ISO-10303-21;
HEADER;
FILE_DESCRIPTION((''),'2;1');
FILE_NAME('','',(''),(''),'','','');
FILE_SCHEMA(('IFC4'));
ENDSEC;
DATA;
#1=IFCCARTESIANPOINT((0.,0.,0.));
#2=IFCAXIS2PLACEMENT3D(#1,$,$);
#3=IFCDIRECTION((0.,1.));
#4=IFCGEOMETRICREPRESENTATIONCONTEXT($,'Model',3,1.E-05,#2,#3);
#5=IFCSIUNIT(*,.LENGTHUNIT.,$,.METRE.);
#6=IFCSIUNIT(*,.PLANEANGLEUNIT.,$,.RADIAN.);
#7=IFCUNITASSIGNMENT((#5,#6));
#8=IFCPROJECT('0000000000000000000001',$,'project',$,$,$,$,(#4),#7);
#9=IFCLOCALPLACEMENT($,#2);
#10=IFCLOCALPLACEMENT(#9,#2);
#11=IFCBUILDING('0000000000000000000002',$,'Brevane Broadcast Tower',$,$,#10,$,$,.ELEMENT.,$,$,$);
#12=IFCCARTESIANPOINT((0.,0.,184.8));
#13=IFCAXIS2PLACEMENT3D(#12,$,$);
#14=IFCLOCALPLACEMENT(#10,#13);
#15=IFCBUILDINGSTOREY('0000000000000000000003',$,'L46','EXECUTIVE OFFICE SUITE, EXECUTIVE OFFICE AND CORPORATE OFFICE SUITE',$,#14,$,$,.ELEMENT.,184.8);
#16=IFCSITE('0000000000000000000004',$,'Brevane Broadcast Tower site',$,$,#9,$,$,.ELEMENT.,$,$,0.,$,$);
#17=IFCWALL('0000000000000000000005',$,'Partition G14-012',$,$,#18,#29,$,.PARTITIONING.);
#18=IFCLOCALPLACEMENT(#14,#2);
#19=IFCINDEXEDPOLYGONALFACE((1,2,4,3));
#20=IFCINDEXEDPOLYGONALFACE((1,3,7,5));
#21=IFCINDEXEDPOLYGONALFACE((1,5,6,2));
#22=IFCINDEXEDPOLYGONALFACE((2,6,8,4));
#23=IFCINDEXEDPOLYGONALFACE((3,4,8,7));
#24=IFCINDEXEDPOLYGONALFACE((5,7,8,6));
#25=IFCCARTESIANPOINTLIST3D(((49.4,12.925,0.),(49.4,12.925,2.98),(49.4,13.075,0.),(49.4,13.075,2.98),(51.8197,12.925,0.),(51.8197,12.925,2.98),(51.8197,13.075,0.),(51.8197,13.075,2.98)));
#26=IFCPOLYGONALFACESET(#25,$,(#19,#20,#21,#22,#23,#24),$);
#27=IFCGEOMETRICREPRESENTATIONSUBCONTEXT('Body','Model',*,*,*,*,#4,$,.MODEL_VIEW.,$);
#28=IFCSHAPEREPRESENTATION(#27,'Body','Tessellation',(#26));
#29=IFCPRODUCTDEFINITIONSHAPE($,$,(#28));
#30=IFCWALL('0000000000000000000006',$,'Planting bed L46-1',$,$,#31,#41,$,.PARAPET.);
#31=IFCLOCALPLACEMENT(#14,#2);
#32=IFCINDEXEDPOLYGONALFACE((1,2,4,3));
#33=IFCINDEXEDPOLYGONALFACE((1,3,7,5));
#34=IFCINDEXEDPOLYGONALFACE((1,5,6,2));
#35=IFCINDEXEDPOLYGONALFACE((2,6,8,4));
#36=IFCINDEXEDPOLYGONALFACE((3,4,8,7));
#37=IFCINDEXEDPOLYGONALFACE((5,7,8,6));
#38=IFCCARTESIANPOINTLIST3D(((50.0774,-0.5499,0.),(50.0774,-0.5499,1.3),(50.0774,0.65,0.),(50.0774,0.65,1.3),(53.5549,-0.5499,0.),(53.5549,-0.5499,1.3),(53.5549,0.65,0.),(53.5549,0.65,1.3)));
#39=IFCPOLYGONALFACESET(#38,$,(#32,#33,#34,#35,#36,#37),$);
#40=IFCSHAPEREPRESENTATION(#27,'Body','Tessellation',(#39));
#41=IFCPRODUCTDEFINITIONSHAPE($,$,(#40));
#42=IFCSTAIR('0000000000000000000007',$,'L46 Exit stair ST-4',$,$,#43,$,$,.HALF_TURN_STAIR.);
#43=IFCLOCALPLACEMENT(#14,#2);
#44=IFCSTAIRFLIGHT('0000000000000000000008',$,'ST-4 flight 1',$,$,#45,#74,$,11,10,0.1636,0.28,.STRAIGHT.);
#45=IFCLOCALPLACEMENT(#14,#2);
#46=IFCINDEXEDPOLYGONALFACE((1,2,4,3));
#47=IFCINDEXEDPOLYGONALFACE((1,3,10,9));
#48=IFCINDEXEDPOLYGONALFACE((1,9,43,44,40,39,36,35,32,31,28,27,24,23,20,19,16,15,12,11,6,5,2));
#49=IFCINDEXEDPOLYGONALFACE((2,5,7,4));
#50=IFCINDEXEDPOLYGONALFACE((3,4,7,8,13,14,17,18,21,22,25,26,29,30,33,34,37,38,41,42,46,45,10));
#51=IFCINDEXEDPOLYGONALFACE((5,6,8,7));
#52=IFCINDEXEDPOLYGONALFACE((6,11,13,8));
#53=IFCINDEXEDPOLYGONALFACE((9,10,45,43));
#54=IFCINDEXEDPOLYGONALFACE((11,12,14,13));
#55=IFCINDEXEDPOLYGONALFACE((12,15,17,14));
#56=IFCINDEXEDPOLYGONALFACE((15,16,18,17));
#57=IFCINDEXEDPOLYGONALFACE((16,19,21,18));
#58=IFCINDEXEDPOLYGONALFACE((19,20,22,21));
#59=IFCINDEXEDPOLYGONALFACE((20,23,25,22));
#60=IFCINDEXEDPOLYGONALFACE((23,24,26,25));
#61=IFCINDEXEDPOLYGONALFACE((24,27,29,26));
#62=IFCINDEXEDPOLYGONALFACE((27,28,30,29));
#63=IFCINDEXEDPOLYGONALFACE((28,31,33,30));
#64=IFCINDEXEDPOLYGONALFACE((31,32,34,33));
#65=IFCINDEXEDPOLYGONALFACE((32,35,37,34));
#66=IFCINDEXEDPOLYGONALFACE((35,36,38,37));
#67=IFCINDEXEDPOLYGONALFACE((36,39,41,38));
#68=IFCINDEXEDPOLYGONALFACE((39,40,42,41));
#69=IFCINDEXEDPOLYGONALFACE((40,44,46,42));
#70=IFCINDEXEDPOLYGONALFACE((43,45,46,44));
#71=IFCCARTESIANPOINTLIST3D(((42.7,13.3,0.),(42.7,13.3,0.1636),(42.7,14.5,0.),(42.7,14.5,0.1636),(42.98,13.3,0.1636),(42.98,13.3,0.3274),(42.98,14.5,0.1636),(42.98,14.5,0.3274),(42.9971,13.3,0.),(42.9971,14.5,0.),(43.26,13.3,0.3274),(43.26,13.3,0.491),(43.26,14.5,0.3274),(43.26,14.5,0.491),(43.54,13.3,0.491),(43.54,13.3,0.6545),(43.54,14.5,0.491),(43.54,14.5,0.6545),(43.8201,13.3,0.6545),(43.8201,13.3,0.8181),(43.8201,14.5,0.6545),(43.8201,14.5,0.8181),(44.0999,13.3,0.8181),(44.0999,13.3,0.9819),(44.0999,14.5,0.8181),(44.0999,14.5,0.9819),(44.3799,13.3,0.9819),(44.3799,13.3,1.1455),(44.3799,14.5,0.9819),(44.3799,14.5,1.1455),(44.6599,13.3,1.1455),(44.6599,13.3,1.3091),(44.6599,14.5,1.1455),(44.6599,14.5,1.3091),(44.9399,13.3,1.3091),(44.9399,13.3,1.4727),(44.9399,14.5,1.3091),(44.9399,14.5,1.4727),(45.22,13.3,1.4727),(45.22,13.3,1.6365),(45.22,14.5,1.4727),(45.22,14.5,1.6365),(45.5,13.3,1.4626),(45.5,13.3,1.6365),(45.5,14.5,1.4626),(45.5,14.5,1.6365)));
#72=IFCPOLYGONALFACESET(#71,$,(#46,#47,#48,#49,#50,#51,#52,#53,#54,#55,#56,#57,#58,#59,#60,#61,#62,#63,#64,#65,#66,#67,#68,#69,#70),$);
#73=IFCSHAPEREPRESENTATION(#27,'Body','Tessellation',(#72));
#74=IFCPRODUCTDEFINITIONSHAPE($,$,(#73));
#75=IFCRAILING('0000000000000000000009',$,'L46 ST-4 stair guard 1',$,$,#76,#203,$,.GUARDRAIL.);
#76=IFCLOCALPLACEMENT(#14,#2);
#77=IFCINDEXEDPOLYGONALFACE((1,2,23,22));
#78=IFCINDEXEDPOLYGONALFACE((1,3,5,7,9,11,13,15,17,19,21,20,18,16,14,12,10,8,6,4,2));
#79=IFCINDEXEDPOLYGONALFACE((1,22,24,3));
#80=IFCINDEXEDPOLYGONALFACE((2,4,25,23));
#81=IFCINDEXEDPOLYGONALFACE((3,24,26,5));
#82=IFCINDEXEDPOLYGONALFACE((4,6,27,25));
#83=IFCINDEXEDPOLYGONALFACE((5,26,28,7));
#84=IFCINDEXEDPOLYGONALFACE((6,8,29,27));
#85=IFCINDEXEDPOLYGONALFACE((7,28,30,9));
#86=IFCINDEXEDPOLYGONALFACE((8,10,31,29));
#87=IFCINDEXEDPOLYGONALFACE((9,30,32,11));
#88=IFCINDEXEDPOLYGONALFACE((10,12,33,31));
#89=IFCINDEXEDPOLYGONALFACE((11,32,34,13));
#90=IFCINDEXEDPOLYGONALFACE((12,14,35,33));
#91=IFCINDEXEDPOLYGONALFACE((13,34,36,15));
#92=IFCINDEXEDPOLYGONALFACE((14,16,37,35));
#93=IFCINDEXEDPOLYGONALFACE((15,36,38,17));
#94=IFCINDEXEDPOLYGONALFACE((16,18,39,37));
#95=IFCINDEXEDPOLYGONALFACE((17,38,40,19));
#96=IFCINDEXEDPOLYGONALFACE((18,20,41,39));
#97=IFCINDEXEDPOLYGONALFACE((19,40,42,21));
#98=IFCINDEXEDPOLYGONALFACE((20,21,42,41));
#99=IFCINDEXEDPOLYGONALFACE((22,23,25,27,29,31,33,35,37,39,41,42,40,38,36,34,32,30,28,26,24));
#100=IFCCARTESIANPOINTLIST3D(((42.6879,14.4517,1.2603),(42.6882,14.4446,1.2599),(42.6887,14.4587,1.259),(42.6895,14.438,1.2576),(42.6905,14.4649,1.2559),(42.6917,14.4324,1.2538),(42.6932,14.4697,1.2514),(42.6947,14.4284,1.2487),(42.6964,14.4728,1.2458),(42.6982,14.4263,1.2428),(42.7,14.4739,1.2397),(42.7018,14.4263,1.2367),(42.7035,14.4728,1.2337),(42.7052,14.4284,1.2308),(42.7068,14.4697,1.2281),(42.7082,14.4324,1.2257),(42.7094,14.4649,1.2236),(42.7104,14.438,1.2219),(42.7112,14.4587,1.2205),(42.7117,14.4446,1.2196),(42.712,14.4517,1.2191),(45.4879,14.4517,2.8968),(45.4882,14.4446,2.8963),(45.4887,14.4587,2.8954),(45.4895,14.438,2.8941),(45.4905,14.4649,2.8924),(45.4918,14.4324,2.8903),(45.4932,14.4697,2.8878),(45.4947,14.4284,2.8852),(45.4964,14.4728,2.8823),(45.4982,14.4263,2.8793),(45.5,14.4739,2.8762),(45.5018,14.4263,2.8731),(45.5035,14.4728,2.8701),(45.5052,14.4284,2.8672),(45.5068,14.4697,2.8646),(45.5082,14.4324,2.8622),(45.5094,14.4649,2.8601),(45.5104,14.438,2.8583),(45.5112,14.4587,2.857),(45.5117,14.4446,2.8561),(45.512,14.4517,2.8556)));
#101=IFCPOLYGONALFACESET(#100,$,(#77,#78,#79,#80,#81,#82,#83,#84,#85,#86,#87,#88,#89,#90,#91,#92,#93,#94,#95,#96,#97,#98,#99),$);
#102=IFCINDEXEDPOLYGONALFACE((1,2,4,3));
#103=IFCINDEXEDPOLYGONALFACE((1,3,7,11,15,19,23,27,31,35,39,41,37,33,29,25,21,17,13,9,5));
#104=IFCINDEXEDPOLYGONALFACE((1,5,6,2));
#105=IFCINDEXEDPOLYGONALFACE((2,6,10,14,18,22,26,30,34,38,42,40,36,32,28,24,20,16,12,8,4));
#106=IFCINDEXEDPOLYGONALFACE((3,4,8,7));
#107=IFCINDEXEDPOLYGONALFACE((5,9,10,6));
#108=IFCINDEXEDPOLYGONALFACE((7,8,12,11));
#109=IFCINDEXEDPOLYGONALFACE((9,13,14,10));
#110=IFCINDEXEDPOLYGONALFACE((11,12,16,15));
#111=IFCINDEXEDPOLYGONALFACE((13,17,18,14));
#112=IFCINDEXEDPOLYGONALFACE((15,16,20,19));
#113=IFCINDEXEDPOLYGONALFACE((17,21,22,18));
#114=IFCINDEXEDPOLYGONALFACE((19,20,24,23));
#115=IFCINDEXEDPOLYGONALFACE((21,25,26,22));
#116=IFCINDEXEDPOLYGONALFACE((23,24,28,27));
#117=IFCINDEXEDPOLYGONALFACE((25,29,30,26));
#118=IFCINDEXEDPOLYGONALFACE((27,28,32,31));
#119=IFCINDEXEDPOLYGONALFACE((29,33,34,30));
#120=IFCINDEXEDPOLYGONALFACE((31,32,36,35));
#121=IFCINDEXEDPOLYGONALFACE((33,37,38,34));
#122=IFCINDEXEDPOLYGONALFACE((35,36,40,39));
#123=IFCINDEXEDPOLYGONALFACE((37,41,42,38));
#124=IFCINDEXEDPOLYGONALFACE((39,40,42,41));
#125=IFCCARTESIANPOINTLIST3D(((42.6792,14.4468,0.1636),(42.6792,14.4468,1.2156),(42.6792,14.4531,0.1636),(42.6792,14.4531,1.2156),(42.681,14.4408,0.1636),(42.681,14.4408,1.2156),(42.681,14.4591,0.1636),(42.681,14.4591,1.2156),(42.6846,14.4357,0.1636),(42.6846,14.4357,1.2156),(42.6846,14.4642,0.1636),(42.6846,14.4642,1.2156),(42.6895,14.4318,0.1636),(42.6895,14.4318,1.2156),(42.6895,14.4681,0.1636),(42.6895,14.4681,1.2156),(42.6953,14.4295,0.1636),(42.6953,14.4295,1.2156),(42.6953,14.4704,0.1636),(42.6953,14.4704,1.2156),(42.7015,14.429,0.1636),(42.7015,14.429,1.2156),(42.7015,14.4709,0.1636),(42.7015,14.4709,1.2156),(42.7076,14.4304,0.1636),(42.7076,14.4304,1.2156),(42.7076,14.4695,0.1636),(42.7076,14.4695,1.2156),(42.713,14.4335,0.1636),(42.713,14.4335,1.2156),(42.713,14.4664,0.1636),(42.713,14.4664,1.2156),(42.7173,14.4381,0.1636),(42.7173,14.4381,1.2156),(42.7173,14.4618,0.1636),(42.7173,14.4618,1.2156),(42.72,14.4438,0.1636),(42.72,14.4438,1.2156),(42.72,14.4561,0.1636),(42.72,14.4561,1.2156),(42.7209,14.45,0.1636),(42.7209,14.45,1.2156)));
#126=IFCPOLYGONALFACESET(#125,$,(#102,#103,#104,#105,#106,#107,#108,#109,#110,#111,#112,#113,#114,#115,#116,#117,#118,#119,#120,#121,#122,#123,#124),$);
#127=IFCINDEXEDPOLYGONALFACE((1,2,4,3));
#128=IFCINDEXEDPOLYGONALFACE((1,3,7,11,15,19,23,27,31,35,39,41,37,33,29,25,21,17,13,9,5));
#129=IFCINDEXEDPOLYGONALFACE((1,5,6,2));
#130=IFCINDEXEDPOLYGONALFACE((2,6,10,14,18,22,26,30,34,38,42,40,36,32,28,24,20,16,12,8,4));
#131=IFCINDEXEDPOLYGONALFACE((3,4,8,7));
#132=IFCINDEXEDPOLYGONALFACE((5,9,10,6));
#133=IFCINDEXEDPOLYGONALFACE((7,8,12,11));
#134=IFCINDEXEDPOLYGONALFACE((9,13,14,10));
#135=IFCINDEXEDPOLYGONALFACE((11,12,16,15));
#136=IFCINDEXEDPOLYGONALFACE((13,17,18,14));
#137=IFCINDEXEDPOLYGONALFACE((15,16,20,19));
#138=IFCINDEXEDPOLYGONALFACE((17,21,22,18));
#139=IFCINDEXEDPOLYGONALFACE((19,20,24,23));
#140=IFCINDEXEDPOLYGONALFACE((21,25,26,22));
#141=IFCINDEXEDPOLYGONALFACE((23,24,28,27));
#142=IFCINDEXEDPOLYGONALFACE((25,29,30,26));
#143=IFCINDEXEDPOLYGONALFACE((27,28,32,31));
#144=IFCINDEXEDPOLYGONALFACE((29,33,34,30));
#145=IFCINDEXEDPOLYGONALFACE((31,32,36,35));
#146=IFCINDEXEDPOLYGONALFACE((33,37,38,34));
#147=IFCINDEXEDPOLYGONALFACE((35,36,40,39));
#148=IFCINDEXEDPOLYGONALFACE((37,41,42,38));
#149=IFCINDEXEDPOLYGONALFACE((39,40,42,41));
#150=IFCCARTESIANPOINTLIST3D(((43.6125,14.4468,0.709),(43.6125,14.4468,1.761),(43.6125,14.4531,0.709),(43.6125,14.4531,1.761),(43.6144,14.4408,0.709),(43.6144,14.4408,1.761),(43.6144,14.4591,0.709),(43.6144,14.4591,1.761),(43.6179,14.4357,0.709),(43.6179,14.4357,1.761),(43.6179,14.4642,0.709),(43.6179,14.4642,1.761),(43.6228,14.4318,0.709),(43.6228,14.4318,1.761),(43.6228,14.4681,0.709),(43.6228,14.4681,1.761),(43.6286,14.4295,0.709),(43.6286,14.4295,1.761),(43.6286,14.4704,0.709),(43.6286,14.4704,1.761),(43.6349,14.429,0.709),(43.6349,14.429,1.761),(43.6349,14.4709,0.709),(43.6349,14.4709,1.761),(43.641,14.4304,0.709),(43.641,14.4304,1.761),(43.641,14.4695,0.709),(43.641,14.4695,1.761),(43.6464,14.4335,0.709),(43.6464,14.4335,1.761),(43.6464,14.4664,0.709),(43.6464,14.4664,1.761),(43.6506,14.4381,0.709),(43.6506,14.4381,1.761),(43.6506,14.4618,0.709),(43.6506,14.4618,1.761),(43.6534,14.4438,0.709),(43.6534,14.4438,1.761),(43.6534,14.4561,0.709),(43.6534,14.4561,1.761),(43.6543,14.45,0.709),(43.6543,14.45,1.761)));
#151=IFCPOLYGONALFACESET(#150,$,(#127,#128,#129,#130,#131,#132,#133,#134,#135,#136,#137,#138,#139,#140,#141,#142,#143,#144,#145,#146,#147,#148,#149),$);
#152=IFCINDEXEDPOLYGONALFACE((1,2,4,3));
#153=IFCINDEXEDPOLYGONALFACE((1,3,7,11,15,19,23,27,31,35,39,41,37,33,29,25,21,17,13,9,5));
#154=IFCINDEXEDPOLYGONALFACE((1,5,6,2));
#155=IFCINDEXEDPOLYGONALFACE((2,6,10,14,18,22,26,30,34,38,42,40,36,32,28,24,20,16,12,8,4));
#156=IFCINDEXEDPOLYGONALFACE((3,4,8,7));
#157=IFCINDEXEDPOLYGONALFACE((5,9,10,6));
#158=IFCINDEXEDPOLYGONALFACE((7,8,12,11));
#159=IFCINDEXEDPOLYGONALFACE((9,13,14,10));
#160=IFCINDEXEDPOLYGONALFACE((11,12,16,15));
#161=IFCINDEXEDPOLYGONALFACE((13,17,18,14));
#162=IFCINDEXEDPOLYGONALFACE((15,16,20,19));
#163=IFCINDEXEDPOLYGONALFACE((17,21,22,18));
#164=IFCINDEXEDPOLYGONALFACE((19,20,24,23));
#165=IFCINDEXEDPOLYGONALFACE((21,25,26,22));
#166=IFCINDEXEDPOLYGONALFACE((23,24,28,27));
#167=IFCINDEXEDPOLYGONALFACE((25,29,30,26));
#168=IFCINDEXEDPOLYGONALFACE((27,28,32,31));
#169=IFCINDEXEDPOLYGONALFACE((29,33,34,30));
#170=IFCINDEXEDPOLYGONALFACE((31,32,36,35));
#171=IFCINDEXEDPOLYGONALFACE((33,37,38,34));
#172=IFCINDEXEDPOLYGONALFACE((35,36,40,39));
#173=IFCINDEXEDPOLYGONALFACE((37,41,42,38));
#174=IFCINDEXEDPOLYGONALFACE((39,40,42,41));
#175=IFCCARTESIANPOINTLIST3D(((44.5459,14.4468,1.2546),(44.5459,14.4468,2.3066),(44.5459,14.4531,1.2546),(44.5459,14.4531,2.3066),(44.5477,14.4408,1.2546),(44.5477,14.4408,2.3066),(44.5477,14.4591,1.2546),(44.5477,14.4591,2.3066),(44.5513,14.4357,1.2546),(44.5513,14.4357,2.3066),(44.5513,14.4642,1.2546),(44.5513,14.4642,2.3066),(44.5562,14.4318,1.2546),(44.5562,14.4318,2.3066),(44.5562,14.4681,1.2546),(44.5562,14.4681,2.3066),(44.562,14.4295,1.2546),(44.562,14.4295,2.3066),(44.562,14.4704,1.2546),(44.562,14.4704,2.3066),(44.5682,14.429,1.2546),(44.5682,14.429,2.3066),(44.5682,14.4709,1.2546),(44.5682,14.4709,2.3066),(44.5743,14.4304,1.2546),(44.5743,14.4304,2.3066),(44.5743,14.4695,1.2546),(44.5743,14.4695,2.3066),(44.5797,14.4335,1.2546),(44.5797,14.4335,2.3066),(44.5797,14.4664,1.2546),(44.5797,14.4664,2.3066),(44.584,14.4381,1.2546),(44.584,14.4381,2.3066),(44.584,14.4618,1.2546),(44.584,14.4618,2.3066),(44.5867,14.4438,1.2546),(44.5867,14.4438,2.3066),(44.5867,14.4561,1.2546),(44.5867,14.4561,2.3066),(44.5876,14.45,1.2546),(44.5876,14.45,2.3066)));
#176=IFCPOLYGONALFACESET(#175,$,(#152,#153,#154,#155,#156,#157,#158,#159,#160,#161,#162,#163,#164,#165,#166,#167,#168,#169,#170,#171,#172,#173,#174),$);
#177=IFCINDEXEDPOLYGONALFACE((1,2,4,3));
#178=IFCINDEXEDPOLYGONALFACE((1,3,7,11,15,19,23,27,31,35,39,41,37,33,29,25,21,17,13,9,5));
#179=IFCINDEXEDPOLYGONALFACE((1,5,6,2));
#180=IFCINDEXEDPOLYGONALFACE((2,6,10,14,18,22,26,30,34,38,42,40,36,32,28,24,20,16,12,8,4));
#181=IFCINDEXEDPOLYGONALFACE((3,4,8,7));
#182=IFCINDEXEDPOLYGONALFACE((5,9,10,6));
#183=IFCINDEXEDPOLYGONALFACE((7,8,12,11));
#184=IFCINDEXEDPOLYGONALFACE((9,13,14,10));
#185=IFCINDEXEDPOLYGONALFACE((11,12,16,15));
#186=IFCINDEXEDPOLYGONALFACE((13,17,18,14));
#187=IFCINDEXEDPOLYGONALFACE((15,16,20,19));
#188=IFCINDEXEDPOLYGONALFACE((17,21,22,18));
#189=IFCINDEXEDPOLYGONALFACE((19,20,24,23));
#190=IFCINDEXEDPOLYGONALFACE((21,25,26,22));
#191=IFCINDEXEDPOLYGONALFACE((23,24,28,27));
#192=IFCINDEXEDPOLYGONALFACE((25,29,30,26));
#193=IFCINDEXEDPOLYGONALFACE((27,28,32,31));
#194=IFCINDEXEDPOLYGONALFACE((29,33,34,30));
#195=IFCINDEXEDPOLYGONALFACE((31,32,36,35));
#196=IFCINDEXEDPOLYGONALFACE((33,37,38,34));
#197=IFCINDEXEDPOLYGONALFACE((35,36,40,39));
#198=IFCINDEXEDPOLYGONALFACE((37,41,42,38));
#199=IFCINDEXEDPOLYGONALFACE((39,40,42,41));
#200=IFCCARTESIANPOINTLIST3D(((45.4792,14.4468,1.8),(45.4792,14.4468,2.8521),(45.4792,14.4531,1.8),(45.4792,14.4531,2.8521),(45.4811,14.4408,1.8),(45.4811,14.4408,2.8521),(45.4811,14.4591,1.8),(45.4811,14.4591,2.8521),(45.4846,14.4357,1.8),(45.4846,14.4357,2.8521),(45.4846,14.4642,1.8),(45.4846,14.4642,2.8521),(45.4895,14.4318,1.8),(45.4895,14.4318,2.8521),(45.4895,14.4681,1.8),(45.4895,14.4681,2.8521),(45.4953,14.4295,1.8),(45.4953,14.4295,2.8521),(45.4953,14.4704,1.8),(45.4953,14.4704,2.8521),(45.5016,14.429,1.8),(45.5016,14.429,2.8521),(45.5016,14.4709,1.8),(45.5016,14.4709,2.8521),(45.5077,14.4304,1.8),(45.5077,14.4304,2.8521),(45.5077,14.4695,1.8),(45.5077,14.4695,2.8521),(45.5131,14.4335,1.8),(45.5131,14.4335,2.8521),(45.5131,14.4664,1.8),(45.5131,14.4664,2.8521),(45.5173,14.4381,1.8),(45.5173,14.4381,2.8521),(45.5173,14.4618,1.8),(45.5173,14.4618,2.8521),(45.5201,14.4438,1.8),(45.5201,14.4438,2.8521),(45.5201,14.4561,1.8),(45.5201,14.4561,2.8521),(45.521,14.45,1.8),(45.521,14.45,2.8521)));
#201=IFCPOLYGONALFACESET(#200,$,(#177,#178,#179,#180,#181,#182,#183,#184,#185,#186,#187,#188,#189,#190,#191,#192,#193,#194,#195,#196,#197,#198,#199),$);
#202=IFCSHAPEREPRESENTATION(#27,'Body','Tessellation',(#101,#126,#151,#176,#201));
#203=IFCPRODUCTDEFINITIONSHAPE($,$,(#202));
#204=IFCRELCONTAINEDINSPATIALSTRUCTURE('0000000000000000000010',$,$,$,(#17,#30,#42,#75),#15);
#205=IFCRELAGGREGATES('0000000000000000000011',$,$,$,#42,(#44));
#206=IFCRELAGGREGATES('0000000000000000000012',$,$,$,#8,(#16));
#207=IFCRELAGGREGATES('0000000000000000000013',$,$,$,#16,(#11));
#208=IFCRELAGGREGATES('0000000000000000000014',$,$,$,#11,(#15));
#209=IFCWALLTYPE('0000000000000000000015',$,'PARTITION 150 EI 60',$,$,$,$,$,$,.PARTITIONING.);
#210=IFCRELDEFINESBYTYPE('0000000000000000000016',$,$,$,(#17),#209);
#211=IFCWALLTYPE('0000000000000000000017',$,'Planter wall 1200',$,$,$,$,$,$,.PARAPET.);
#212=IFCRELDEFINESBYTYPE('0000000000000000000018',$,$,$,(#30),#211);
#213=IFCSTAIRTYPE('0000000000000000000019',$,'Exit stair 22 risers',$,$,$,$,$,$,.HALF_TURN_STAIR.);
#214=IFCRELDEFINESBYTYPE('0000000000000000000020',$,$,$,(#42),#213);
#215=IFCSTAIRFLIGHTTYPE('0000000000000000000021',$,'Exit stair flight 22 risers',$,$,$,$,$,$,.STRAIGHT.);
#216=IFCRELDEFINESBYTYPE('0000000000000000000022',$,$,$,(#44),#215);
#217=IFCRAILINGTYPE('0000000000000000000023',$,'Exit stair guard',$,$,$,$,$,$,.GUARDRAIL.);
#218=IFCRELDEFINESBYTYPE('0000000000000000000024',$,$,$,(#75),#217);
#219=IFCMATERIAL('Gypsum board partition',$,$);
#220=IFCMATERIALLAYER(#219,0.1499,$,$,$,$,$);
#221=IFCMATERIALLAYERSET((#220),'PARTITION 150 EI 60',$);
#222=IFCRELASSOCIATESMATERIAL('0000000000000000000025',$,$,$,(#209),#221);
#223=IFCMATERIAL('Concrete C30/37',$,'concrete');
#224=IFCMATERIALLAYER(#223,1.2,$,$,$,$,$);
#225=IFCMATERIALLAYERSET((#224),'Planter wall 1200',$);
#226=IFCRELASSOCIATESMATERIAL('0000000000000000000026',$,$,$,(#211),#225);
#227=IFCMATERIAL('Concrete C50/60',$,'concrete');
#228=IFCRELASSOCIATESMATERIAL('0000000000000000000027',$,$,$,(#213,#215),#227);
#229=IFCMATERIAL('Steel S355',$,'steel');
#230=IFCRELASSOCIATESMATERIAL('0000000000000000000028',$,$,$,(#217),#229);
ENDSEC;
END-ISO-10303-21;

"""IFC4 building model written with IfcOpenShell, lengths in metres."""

from ifc_helpers import new_model, si_unit, direction, frame, frame_2d, origin, origin_2d, place, context, subcontext, project, spatial, polyline, rectangle, circle, outline, extrude, material, layer, layer_set, type_object, element, aggregate, save


model = new_model("IFC4")

# Units and contexts
model_context = context("Model", 3, precision=1e-05, world=origin(), true_north=direction((0.0, 1.0)))
body_context = subcontext(model_context, "Body", "Model", "MODEL_VIEW")
ifc_project = project(units=[si_unit("LENGTHUNIT", "METRE"), si_unit("PLANEANGLEUNIT", "RADIAN")], contexts=[model_context])

# Site, building, storey
site_placement = place(None, origin())
site = spatial("IfcSite", under=ifc_project, at=site_placement, Name="Brevane Broadcast Tower site", CompositionType="ELEMENT", RefElevation=0.0)
building_placement = place(site_placement, origin())
building = spatial("IfcBuilding", under=site, at=building_placement, Name="Brevane Broadcast Tower", CompositionType="ELEMENT")
storey_placement = place(building_placement, frame((0.0, 0.0, 184.8)))
storey = spatial("IfcBuildingStorey", under=building, at=storey_placement, Name="L46", Description="EXECUTIVE OFFICE SUITE, EXECUTIVE OFFICE AND CORPORATE OFFICE SUITE", CompositionType="ELEMENT", Elevation=184.8)

# Shared definitions
ifc_material_1 = material(Name="Gypsum board partition")

# Shared definitions
ifc_layer_1 = layer(ifc_material_1, 0.1499)
ifc_layer_set_1 = layer_set([ifc_layer_1], Name="PARTITION 150 EI 60")
wall_type_1 = type_object("IfcWallType", Name="PARTITION 150 EI 60", PredefinedType="PARTITIONING", material=ifc_layer_set_1)

# Walls
wall_1_placement = place(storey_placement, frame((49.3999, 13.0, 0.0), z_axis=(0.0, 0.0, 1.0), x_axis=(1.0, 0.0, 0.0)))
element("IfcWall", 1, at=wall_1_placement, inside=storey, type_object=wall_type_1, Name="Partition G14-012", PredefinedType="PARTITIONING", context=body_context, shape_type="SweptSolid", body=[
    extrude(rectangle(XDim=2.4197, YDim=0.1499, at=frame_2d((1.21, 0.0))), origin(), (0.0, 0.0, 1.0), 2.98),
])
ifc_material_2 = material(Name="Concrete C30/37", Category="concrete")
ifc_layer_2 = layer(ifc_material_2, 1.2)
ifc_layer_set_2 = layer_set([ifc_layer_2], Name="Planter wall 1200")
wall_type_2 = type_object("IfcWallType", Name="Planter wall 1200", PredefinedType="PARAPET", material=ifc_layer_set_2)
wall_2_placement = place(storey_placement, frame((50.0774, 0.05, 0.0), z_axis=(0.0, 0.0, 1.0), x_axis=(1.0, 0.0, 0.0)))
element("IfcWall", 2, at=wall_2_placement, inside=storey, type_object=wall_type_2, Name="Planting bed L46-1", PredefinedType="PARAPET", context=body_context, shape_type="SweptSolid", body=[
    extrude(rectangle(XDim=3.4775, YDim=1.2, at=frame_2d((1.7388, 0.0))), origin(), (0.0, 0.0, 1.0), 1.3),
])

# Stair, stair flight
ifc_material_3 = material(Name="Concrete C50/60", Category="concrete")
stair_type = type_object("IfcStairType", Name="Exit stair 22 risers", PredefinedType="HALF_TURN_STAIR", material=ifc_material_3)
stair_placement = place(storey_placement, origin())
stair = element("IfcStair", 3, at=stair_placement, inside=storey, type_object=stair_type, Name="L46 Exit stair ST-4", PredefinedType="HALF_TURN_STAIR")
stair_flight_type = type_object("IfcStairFlightType", Name="Exit stair flight 22 risers", PredefinedType="STRAIGHT", material=ifc_material_3)
stair_flight_placement = place(storey_placement, frame((42.7, 13.8999, 0.0), z_axis=(0.0, 0.0, 1.0), x_axis=(1.0, 0.0, 0.0)))
stair_flight = element("IfcStairFlight", 4, at=stair_flight_placement, type_object=stair_flight_type, Name="ST-4 flight 1", NumberOfRisers=11, NumberOfTreads=10, PredefinedType="STRAIGHT", RiserHeight=0.1636, TreadLength=0.28, context=body_context, shape_type="SweptSolid", body=[
    extrude(outline(polyline([(0.0, 0.0), (0.0, 0.1636), (0.28, 0.1636), (0.28, 0.3274), (0.5601, 0.3274), (0.5601, 0.491), (0.8401, 0.491), (0.8401, 0.6545), (1.1201, 0.6545), (1.1201, 0.8181), (1.3999, 0.8181), (1.3999, 0.9819), (1.6799, 0.9819), (1.6799, 1.1455), (1.96, 1.1455), (1.96, 1.3091), (2.24, 1.3091), (2.24, 1.4727), (2.52, 1.4727), (2.52, 1.6365), (2.8, 1.6365), (2.8, 1.8), (2.8, 1.4626), (0.2971, 0.0), (0.0, 0.0)])), frame((0.0, 0.6001, 0.0), z_axis=(0.0, -1.0, 0.0), x_axis=(1.0, 0.0, 0.0)), (0.0, 0.0, 1.0), 1.2),
])
aggregate(stair, [stair_flight])

# Railing
ifc_material_4 = material(Name="Steel S355", Category="steel")
railing_type_1 = type_object("IfcRailingType", Name="Exit stair guard", PredefinedType="GUARDRAIL", material=ifc_material_4)
railing_1_placement = place(storey_placement, frame((42.7, 14.45, 0.1636)))
element("IfcRailing", 5, at=railing_1_placement, inside=storey, type_object=railing_type_1, Name="L46 ST-4 stair guard 1", PredefinedType="GUARDRAIL", context=body_context, shape_type="SweptSolid", body=[
    extrude(circle(Radius=0.0239, at=origin_2d()), frame((0.0, 0.0, 1.0762), z_axis=(0.863361, 0.0, 0.504587), x_axis=(0.0, 1.0, 0.0)), (0.0, 0.0, 1.0), 3.2432),
    extrude(circle(Radius=0.021, at=origin_2d()), origin(), (0.0, 0.0, 1.0), 1.052),
    extrude(circle(Radius=0.021, at=origin_2d()), frame((0.9333, 0.0, 0.5454)), (0.0, 0.0, 1.0), 1.052),
    extrude(circle(Radius=0.021, at=origin_2d()), frame((1.8667, 0.0, 1.0911)), (0.0, 0.0, 1.0), 1.052),
    extrude(circle(Radius=0.021, at=origin_2d()), frame((2.8, 0.0, 1.6365)), (0.0, 0.0, 1.0), 1.052),
])

save(model, "model.ifc")
